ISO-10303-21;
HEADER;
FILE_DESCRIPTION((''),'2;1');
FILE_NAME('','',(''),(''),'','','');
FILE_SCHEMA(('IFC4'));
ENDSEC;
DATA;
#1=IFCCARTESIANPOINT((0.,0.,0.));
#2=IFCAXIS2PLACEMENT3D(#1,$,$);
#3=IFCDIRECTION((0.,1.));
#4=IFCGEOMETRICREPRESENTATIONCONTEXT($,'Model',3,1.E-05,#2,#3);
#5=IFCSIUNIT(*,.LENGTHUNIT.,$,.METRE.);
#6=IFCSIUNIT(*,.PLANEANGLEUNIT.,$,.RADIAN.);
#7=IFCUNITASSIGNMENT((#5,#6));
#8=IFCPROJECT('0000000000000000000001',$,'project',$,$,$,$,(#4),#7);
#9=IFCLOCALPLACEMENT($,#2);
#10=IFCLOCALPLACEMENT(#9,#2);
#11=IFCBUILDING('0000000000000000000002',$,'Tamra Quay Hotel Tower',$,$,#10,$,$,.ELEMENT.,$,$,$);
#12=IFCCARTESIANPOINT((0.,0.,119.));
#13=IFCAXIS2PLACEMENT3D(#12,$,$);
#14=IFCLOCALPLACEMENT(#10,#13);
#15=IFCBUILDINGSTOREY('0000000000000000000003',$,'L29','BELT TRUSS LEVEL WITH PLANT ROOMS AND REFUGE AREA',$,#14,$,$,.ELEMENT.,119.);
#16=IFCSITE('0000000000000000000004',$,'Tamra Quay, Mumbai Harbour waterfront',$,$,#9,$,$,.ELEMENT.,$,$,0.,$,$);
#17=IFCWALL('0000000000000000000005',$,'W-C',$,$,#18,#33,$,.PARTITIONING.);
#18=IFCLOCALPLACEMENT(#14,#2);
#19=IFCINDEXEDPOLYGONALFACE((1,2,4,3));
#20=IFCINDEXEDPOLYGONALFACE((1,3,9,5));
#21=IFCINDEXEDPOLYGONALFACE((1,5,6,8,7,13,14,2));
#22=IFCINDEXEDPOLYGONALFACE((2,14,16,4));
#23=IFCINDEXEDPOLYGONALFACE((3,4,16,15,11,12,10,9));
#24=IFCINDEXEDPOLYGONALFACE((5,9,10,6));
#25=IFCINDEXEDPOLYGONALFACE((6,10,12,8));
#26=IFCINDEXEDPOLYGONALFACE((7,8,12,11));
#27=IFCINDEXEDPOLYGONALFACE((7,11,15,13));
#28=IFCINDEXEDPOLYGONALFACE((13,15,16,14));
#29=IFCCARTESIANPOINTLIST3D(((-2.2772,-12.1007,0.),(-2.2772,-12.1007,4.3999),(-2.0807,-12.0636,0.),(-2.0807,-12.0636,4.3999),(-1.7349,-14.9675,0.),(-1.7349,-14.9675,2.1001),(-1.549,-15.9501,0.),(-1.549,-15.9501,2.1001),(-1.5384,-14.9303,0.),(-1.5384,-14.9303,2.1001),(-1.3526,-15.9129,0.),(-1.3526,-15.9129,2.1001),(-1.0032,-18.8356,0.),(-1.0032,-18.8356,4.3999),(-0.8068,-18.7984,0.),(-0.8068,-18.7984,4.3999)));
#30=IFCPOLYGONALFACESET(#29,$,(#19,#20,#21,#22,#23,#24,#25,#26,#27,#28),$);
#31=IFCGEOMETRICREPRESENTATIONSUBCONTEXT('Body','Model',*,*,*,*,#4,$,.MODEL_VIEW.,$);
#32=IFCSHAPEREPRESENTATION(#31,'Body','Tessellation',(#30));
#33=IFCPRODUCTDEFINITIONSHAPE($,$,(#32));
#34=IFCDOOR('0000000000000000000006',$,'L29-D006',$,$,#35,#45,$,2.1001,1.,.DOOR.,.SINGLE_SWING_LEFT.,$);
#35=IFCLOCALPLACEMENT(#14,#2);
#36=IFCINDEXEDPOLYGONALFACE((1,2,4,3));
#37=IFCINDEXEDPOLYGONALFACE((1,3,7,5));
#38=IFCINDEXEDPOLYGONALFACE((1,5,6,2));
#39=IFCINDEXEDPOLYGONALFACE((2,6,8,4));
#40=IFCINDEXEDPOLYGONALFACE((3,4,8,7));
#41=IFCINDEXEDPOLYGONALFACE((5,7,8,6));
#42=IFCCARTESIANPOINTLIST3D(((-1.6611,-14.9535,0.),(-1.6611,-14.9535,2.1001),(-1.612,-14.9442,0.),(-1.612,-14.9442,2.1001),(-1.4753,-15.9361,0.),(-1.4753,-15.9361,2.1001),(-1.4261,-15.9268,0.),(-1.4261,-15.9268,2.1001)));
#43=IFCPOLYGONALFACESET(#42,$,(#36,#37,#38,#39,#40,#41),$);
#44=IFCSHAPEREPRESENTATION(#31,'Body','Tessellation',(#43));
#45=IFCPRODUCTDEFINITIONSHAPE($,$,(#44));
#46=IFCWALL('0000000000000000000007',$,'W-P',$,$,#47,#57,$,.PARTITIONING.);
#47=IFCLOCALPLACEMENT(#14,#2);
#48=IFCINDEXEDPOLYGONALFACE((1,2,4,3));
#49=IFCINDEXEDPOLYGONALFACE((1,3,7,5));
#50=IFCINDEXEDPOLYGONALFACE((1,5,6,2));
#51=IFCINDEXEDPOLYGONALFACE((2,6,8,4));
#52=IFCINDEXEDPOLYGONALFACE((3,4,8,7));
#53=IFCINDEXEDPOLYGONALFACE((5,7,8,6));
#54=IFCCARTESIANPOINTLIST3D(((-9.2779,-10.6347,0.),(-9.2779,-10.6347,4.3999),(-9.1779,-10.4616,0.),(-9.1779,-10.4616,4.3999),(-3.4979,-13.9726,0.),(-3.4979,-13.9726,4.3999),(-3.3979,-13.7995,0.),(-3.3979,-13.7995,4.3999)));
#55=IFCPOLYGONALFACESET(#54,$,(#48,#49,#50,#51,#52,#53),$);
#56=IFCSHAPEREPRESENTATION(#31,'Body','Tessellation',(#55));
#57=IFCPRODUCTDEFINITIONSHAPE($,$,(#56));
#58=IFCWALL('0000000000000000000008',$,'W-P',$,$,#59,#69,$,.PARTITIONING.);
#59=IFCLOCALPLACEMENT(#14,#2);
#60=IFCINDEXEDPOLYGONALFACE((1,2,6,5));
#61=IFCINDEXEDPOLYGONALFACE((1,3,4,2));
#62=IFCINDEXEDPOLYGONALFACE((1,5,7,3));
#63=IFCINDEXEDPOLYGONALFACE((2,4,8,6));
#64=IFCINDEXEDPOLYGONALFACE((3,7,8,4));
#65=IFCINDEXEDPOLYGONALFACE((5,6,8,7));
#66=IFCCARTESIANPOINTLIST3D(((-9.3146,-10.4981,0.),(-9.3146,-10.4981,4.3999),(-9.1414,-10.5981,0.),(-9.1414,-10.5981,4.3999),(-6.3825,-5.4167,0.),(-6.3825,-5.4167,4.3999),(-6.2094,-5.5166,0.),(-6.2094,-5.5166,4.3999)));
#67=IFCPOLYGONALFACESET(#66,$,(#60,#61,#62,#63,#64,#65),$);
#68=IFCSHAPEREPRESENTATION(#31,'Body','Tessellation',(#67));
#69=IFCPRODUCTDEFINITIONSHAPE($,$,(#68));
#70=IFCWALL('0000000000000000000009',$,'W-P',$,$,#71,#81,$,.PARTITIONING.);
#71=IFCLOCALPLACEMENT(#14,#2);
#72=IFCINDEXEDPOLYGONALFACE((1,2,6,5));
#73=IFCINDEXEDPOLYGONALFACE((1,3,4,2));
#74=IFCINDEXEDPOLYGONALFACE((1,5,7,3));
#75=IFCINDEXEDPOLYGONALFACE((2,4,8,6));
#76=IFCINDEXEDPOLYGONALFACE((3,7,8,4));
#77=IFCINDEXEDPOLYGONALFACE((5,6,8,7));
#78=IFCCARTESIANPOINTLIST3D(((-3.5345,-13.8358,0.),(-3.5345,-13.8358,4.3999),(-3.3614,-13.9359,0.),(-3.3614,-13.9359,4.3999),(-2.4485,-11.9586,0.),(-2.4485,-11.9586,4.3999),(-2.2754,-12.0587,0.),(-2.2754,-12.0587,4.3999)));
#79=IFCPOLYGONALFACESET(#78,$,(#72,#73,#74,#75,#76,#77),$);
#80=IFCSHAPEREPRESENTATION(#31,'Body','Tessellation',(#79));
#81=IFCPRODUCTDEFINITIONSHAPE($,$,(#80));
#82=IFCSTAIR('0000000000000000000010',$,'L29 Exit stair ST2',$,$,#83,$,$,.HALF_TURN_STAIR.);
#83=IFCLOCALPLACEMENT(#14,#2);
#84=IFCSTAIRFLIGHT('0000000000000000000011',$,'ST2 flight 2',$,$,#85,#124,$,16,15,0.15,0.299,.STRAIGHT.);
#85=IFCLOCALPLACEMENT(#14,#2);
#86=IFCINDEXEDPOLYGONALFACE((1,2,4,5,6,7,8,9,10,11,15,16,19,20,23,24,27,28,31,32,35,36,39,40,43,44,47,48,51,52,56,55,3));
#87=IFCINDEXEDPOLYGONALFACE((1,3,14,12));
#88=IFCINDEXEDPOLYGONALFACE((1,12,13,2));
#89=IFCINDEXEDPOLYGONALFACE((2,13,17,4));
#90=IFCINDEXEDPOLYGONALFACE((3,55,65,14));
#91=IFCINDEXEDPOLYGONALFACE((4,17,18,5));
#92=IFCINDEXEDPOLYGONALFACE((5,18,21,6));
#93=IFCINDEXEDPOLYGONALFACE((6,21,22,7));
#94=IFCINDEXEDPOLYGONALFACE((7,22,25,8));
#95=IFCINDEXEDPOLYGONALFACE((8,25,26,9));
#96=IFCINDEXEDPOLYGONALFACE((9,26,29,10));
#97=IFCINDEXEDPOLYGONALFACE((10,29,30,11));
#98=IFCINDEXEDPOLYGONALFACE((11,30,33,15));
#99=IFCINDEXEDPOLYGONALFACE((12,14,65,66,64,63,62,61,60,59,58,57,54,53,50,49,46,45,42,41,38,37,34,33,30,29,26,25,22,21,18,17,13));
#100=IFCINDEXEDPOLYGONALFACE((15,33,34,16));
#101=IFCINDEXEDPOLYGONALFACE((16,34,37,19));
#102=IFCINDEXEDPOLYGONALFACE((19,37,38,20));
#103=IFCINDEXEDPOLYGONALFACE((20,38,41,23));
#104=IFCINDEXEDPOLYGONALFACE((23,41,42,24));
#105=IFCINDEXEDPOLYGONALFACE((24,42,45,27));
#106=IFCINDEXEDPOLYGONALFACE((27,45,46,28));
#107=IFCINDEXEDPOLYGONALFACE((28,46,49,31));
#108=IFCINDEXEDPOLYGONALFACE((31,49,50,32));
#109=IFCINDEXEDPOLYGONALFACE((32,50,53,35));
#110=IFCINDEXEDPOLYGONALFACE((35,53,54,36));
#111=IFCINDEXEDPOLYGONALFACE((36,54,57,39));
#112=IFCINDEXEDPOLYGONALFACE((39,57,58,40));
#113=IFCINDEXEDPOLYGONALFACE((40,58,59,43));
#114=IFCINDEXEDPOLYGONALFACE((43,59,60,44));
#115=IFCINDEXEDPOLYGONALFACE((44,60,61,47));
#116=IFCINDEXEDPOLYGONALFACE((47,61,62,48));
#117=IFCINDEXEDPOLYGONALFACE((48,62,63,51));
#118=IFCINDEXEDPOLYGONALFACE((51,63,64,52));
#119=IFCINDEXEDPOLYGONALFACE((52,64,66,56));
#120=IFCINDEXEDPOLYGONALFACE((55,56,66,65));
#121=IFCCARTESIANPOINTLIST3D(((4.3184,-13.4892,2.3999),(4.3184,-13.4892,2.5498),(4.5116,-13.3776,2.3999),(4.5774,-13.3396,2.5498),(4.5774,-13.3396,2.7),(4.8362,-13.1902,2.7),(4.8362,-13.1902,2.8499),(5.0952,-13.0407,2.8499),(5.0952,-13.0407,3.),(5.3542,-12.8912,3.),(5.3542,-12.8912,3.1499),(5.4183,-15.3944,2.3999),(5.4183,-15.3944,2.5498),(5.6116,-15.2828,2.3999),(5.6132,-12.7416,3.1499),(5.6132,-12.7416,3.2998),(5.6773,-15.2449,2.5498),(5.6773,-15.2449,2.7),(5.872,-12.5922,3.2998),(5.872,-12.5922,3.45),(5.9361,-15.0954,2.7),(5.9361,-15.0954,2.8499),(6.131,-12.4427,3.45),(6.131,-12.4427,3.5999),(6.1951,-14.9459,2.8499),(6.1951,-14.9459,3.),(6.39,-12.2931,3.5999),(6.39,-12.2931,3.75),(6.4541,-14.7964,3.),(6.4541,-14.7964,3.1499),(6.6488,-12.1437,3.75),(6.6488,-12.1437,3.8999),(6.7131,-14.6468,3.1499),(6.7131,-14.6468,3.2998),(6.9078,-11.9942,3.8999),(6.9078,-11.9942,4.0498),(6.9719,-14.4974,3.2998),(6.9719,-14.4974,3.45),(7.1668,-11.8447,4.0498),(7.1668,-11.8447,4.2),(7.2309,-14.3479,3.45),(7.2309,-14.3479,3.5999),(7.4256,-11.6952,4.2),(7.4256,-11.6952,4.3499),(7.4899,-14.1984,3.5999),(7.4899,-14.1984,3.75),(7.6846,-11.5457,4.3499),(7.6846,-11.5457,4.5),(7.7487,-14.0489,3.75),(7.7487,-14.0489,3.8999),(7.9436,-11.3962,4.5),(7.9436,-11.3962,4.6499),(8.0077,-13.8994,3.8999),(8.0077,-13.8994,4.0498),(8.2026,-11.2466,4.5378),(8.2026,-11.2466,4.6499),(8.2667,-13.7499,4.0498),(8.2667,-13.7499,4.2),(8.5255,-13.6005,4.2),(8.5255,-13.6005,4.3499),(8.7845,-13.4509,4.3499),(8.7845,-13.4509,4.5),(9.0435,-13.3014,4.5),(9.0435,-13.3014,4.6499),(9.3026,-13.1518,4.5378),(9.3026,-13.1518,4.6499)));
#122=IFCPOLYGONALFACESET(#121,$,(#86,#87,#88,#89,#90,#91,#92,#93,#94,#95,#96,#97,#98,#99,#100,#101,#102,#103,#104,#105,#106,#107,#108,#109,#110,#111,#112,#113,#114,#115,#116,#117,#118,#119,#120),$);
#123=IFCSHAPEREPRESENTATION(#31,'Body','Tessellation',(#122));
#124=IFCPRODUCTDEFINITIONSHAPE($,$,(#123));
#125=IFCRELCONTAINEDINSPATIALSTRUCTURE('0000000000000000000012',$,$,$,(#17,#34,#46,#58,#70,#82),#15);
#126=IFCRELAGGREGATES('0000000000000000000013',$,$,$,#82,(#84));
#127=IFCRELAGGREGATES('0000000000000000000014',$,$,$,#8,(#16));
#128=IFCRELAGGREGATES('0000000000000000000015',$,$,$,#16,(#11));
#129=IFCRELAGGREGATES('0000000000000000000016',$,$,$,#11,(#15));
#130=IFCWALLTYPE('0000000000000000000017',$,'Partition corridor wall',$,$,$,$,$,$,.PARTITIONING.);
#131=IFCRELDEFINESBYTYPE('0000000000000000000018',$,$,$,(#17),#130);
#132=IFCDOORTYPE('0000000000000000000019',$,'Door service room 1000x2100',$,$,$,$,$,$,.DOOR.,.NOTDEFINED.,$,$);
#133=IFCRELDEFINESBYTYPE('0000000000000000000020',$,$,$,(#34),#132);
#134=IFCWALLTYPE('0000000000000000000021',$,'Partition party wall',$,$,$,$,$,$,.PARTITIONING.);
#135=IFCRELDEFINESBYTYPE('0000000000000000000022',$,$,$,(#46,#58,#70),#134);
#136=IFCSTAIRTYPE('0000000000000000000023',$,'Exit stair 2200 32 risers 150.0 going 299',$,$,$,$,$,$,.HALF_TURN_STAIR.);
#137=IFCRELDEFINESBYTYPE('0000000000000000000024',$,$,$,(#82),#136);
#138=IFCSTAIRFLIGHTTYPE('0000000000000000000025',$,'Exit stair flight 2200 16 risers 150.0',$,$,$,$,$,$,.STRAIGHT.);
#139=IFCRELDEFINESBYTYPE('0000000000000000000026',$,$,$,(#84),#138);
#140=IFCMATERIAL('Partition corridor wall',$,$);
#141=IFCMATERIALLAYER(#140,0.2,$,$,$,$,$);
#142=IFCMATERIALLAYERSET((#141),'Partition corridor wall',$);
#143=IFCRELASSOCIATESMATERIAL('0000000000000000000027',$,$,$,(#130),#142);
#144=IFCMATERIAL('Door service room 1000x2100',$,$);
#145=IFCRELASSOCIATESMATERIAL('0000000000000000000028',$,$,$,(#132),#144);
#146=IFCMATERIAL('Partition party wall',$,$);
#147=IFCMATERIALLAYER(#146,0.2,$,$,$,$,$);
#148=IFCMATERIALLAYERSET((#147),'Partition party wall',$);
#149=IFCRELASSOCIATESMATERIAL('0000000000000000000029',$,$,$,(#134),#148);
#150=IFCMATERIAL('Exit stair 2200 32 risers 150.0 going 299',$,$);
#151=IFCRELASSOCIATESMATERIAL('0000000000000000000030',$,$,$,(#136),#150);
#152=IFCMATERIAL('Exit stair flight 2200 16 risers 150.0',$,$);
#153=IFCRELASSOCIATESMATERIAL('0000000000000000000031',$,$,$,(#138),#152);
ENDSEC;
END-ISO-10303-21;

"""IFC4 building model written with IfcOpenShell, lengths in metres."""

from ifc_helpers import new_model, si_unit, direction, frame, frame_2d, origin, place, context, subcontext, project, spatial, polyline, rectangle, outline, extrude, material, layer, layer_set, type_object, element, fill, aggregate, save


model = new_model("IFC4")

# Units and contexts
model_context = context("Model", 3, precision=1e-05, world=origin(), true_north=direction((0.0, 1.0)))
body_context = subcontext(model_context, "Body", "Model", "MODEL_VIEW")
ifc_project = project(units=[si_unit("LENGTHUNIT", "METRE"), si_unit("PLANEANGLEUNIT", "RADIAN")], contexts=[model_context])

# Site, building, storey
site_placement = place(None, origin())
site = spatial("IfcSite", under=ifc_project, at=site_placement, Name="Tamra Quay, Mumbai Harbour waterfront", CompositionType="ELEMENT", RefElevation=0.0)
building_placement = place(site_placement, origin())
building = spatial("IfcBuilding", under=site, at=building_placement, Name="Tamra Quay Hotel Tower", CompositionType="ELEMENT")
storey_placement = place(building_placement, frame((0.0, 0.0, 119.0)))
storey = spatial("IfcBuildingStorey", under=building, at=storey_placement, Name="L29", Description="BELT TRUSS LEVEL WITH PLANT ROOMS AND REFUGE AREA", CompositionType="ELEMENT", Elevation=119.0)

# Shared definitions
ifc_material_1 = material(Name="Partition corridor wall")
ifc_layer_1 = layer(ifc_material_1, 0.2)
ifc_layer_set_1 = layer_set([ifc_layer_1], Name="Partition corridor wall")
wall_type_1 = type_object("IfcWallType", Name="Partition corridor wall", PredefinedType="PARTITIONING", material=ifc_layer_set_1)

# Wall, opening, door
wall_1_placement = place(storey_placement, frame((-2.179, -12.082, 0.0), z_axis=(0.0, 0.0, 1.0), x_axis=(0.185858, -0.982577, 0.0)))
wall_1 = element("IfcWall", 1, at=wall_1_placement, inside=storey, type_object=wall_type_1, Name="W-C", PredefinedType="PARTITIONING", context=body_context, shape_type="SweptSolid", body=[
    extrude(rectangle(XDim=6.8542, YDim=0.2, at=frame_2d((3.4272, 0.0))), origin(), (0.0, 0.0, 1.0), 4.3999),
])
opening_1_placement = place(wall_1_placement, frame((2.9177, 0.0, 0.0)))
opening_1 = element("IfcOpeningElement", 2, at=opening_1_placement, cuts=wall_1, PredefinedType="OPENING", context=body_context, shape_type="SweptSolid", body=[
    extrude(rectangle(XDim=1.0, YDim=2.1001, at=frame_2d((0.5, 1.05))), frame((0.0, 0.1099, 0.0), z_axis=(0.0, -1.0, 0.0), x_axis=(1.0, 0.0, 0.0)), (0.0, 0.0, 1.0), 0.22),
])
ifc_material_2 = material(Name="Door service room 1000x2100")
door_type_1 = type_object("IfcDoorType", Name="Door service room 1000x2100", OperationType="NOTDEFINED", PredefinedType="DOOR", material=ifc_material_2)
door_1_placement = place(opening_1_placement, frame((1.0, 0.0, 0.0), z_axis=(0.0, 0.0, 1.0), x_axis=(-1.0, 0.0, 0.0)))
door_1 = element("IfcDoor", 3, at=door_1_placement, inside=storey, type_object=door_type_1, Name="L29-D006", OperationType="SINGLE_SWING_LEFT", OverallHeight=2.1001, OverallWidth=1.0, PredefinedType="DOOR", context=body_context, shape_type="SweptSolid", body=[
    extrude(rectangle(XDim=1.0, YDim=2.1001, at=frame_2d((0.5, 1.05))), frame((0.0, 0.0249, 0.0), z_axis=(0.0, -1.0, 0.0), x_axis=(1.0, 0.0, 0.0)), (0.0, 0.0, 1.0), 0.05),
])
fill(opening_1, door_1)

# Walls
ifc_material_3 = material(Name="Partition party wall")
ifc_layer_2 = layer(ifc_material_3, 0.2)
ifc_layer_set_2 = layer_set([ifc_layer_2], Name="Partition party wall")
wall_type_2 = type_object("IfcWallType", Name="Partition party wall", PredefinedType="PARTITIONING", material=ifc_layer_set_2)
wall_2_placement = place(storey_placement, frame((-9.228, -10.5481, 0.0), z_axis=(0.0, 0.0, 1.0), x_axis=(0.865974, -0.500089, 0.0)))
element("IfcWall", 4, at=wall_2_placement, inside=storey, type_object=wall_type_2, Name="W-P", PredefinedType="PARTITIONING", context=body_context, shape_type="SweptSolid", body=[
    extrude(rectangle(XDim=6.6746, YDim=0.2, at=frame_2d((3.3374, 0.0))), origin(), (0.0, 0.0, 1.0), 4.3999),
])
wall_3_placement = place(storey_placement, frame((-9.228, -10.5481, 0.0), z_axis=(0.0, 0.0, 1.0), x_axis=(0.499782, 0.866151, 0.0)))
element("IfcWall", 5, at=wall_3_placement, inside=storey, type_object=wall_type_2, Name="W-P", PredefinedType="PARTITIONING", context=body_context, shape_type="SweptSolid", body=[
    extrude(rectangle(XDim=5.8667, YDim=0.2, at=frame_2d((2.9333, 0.0))), origin(), (0.0, 0.0, 1.0), 4.3999),
])
wall_4_placement = place(storey_placement, frame((-3.448, -13.886, 0.0), z_axis=(0.0, 0.0, 1.0), x_axis=(0.500739, 0.865598, 0.0)))
element("IfcWall", 6, at=wall_4_placement, inside=storey, type_object=wall_type_2, Name="W-P", PredefinedType="PARTITIONING", context=body_context, shape_type="SweptSolid", body=[
    extrude(rectangle(XDim=2.1687, YDim=0.2, at=frame_2d((1.0845, 0.0))), origin(), (0.0, 0.0, 1.0), 4.3999),
])

# Stair, stair flight
ifc_material_4 = material(Name="Exit stair 2200 32 risers 150.0 going 299")
stair_type = type_object("IfcStairType", Name="Exit stair 2200 32 risers 150.0 going 299", PredefinedType="HALF_TURN_STAIR", material=ifc_material_4)
stair_placement = place(storey_placement, origin())
stair = element("IfcStair", 7, at=stair_placement, inside=storey, type_object=stair_type, Name="L29 Exit stair ST2", PredefinedType="HALF_TURN_STAIR")
ifc_material_5 = material(Name="Exit stair flight 2200 16 risers 150.0")
stair_flight_type = type_object("IfcStairFlightType", Name="Exit stair flight 2200 16 risers 150.0", PredefinedType="STRAIGHT", material=ifc_material_5)
stair_flight_placement = place(storey_placement, frame((4.8684, -14.4419, 2.3999), z_axis=(0.0, 0.0, 1.0), x_axis=(0.866025, 0.5, 0.0)))
stair_flight = element("IfcStairFlight", 8, at=stair_flight_placement, type_object=stair_flight_type, Name="ST2 flight 2", NumberOfRisers=16, NumberOfTreads=15, PredefinedType="STRAIGHT", RiserHeight=0.15, TreadLength=0.299, context=body_context, shape_type="SweptSolid", body=[
    extrude(outline(polyline([(0.0, 0.0), (0.0, 0.1499), (0.2991, 0.1499), (0.2991, 0.3), (0.5979, 0.3), (0.5979, 0.45), (0.897, 0.45), (0.897, 0.6001), (1.196, 0.6001), (1.196, 0.75), (1.4951, 0.75), (1.4951, 0.8999), (1.7939, 0.8999), (1.7939, 1.05), (2.093, 1.05), (2.093, 1.2), (2.3921, 1.2), (2.3921, 1.3501), (2.6909, 1.3501), (2.6909, 1.5), (2.99, 1.5), (2.99, 1.6499), (3.2891, 1.6499), (3.2891, 1.8), (3.5879, 1.8), (3.5879, 1.95), (3.887, 1.95), (3.887, 2.1001), (4.186, 2.1001), (4.186, 2.25), (4.4851, 2.25), (4.4851, 2.3999), (4.4851, 2.1379), (0.2231, 0.0), (0.0, 0.0)])), frame((0.0, 1.1001, 0.0), z_axis=(0.0, -1.0, 0.0), x_axis=(1.0, 0.0, 0.0)), (0.0, 0.0, 1.0), 2.2),
])
aggregate(stair, [stair_flight])

save(model, "model.ifc")
